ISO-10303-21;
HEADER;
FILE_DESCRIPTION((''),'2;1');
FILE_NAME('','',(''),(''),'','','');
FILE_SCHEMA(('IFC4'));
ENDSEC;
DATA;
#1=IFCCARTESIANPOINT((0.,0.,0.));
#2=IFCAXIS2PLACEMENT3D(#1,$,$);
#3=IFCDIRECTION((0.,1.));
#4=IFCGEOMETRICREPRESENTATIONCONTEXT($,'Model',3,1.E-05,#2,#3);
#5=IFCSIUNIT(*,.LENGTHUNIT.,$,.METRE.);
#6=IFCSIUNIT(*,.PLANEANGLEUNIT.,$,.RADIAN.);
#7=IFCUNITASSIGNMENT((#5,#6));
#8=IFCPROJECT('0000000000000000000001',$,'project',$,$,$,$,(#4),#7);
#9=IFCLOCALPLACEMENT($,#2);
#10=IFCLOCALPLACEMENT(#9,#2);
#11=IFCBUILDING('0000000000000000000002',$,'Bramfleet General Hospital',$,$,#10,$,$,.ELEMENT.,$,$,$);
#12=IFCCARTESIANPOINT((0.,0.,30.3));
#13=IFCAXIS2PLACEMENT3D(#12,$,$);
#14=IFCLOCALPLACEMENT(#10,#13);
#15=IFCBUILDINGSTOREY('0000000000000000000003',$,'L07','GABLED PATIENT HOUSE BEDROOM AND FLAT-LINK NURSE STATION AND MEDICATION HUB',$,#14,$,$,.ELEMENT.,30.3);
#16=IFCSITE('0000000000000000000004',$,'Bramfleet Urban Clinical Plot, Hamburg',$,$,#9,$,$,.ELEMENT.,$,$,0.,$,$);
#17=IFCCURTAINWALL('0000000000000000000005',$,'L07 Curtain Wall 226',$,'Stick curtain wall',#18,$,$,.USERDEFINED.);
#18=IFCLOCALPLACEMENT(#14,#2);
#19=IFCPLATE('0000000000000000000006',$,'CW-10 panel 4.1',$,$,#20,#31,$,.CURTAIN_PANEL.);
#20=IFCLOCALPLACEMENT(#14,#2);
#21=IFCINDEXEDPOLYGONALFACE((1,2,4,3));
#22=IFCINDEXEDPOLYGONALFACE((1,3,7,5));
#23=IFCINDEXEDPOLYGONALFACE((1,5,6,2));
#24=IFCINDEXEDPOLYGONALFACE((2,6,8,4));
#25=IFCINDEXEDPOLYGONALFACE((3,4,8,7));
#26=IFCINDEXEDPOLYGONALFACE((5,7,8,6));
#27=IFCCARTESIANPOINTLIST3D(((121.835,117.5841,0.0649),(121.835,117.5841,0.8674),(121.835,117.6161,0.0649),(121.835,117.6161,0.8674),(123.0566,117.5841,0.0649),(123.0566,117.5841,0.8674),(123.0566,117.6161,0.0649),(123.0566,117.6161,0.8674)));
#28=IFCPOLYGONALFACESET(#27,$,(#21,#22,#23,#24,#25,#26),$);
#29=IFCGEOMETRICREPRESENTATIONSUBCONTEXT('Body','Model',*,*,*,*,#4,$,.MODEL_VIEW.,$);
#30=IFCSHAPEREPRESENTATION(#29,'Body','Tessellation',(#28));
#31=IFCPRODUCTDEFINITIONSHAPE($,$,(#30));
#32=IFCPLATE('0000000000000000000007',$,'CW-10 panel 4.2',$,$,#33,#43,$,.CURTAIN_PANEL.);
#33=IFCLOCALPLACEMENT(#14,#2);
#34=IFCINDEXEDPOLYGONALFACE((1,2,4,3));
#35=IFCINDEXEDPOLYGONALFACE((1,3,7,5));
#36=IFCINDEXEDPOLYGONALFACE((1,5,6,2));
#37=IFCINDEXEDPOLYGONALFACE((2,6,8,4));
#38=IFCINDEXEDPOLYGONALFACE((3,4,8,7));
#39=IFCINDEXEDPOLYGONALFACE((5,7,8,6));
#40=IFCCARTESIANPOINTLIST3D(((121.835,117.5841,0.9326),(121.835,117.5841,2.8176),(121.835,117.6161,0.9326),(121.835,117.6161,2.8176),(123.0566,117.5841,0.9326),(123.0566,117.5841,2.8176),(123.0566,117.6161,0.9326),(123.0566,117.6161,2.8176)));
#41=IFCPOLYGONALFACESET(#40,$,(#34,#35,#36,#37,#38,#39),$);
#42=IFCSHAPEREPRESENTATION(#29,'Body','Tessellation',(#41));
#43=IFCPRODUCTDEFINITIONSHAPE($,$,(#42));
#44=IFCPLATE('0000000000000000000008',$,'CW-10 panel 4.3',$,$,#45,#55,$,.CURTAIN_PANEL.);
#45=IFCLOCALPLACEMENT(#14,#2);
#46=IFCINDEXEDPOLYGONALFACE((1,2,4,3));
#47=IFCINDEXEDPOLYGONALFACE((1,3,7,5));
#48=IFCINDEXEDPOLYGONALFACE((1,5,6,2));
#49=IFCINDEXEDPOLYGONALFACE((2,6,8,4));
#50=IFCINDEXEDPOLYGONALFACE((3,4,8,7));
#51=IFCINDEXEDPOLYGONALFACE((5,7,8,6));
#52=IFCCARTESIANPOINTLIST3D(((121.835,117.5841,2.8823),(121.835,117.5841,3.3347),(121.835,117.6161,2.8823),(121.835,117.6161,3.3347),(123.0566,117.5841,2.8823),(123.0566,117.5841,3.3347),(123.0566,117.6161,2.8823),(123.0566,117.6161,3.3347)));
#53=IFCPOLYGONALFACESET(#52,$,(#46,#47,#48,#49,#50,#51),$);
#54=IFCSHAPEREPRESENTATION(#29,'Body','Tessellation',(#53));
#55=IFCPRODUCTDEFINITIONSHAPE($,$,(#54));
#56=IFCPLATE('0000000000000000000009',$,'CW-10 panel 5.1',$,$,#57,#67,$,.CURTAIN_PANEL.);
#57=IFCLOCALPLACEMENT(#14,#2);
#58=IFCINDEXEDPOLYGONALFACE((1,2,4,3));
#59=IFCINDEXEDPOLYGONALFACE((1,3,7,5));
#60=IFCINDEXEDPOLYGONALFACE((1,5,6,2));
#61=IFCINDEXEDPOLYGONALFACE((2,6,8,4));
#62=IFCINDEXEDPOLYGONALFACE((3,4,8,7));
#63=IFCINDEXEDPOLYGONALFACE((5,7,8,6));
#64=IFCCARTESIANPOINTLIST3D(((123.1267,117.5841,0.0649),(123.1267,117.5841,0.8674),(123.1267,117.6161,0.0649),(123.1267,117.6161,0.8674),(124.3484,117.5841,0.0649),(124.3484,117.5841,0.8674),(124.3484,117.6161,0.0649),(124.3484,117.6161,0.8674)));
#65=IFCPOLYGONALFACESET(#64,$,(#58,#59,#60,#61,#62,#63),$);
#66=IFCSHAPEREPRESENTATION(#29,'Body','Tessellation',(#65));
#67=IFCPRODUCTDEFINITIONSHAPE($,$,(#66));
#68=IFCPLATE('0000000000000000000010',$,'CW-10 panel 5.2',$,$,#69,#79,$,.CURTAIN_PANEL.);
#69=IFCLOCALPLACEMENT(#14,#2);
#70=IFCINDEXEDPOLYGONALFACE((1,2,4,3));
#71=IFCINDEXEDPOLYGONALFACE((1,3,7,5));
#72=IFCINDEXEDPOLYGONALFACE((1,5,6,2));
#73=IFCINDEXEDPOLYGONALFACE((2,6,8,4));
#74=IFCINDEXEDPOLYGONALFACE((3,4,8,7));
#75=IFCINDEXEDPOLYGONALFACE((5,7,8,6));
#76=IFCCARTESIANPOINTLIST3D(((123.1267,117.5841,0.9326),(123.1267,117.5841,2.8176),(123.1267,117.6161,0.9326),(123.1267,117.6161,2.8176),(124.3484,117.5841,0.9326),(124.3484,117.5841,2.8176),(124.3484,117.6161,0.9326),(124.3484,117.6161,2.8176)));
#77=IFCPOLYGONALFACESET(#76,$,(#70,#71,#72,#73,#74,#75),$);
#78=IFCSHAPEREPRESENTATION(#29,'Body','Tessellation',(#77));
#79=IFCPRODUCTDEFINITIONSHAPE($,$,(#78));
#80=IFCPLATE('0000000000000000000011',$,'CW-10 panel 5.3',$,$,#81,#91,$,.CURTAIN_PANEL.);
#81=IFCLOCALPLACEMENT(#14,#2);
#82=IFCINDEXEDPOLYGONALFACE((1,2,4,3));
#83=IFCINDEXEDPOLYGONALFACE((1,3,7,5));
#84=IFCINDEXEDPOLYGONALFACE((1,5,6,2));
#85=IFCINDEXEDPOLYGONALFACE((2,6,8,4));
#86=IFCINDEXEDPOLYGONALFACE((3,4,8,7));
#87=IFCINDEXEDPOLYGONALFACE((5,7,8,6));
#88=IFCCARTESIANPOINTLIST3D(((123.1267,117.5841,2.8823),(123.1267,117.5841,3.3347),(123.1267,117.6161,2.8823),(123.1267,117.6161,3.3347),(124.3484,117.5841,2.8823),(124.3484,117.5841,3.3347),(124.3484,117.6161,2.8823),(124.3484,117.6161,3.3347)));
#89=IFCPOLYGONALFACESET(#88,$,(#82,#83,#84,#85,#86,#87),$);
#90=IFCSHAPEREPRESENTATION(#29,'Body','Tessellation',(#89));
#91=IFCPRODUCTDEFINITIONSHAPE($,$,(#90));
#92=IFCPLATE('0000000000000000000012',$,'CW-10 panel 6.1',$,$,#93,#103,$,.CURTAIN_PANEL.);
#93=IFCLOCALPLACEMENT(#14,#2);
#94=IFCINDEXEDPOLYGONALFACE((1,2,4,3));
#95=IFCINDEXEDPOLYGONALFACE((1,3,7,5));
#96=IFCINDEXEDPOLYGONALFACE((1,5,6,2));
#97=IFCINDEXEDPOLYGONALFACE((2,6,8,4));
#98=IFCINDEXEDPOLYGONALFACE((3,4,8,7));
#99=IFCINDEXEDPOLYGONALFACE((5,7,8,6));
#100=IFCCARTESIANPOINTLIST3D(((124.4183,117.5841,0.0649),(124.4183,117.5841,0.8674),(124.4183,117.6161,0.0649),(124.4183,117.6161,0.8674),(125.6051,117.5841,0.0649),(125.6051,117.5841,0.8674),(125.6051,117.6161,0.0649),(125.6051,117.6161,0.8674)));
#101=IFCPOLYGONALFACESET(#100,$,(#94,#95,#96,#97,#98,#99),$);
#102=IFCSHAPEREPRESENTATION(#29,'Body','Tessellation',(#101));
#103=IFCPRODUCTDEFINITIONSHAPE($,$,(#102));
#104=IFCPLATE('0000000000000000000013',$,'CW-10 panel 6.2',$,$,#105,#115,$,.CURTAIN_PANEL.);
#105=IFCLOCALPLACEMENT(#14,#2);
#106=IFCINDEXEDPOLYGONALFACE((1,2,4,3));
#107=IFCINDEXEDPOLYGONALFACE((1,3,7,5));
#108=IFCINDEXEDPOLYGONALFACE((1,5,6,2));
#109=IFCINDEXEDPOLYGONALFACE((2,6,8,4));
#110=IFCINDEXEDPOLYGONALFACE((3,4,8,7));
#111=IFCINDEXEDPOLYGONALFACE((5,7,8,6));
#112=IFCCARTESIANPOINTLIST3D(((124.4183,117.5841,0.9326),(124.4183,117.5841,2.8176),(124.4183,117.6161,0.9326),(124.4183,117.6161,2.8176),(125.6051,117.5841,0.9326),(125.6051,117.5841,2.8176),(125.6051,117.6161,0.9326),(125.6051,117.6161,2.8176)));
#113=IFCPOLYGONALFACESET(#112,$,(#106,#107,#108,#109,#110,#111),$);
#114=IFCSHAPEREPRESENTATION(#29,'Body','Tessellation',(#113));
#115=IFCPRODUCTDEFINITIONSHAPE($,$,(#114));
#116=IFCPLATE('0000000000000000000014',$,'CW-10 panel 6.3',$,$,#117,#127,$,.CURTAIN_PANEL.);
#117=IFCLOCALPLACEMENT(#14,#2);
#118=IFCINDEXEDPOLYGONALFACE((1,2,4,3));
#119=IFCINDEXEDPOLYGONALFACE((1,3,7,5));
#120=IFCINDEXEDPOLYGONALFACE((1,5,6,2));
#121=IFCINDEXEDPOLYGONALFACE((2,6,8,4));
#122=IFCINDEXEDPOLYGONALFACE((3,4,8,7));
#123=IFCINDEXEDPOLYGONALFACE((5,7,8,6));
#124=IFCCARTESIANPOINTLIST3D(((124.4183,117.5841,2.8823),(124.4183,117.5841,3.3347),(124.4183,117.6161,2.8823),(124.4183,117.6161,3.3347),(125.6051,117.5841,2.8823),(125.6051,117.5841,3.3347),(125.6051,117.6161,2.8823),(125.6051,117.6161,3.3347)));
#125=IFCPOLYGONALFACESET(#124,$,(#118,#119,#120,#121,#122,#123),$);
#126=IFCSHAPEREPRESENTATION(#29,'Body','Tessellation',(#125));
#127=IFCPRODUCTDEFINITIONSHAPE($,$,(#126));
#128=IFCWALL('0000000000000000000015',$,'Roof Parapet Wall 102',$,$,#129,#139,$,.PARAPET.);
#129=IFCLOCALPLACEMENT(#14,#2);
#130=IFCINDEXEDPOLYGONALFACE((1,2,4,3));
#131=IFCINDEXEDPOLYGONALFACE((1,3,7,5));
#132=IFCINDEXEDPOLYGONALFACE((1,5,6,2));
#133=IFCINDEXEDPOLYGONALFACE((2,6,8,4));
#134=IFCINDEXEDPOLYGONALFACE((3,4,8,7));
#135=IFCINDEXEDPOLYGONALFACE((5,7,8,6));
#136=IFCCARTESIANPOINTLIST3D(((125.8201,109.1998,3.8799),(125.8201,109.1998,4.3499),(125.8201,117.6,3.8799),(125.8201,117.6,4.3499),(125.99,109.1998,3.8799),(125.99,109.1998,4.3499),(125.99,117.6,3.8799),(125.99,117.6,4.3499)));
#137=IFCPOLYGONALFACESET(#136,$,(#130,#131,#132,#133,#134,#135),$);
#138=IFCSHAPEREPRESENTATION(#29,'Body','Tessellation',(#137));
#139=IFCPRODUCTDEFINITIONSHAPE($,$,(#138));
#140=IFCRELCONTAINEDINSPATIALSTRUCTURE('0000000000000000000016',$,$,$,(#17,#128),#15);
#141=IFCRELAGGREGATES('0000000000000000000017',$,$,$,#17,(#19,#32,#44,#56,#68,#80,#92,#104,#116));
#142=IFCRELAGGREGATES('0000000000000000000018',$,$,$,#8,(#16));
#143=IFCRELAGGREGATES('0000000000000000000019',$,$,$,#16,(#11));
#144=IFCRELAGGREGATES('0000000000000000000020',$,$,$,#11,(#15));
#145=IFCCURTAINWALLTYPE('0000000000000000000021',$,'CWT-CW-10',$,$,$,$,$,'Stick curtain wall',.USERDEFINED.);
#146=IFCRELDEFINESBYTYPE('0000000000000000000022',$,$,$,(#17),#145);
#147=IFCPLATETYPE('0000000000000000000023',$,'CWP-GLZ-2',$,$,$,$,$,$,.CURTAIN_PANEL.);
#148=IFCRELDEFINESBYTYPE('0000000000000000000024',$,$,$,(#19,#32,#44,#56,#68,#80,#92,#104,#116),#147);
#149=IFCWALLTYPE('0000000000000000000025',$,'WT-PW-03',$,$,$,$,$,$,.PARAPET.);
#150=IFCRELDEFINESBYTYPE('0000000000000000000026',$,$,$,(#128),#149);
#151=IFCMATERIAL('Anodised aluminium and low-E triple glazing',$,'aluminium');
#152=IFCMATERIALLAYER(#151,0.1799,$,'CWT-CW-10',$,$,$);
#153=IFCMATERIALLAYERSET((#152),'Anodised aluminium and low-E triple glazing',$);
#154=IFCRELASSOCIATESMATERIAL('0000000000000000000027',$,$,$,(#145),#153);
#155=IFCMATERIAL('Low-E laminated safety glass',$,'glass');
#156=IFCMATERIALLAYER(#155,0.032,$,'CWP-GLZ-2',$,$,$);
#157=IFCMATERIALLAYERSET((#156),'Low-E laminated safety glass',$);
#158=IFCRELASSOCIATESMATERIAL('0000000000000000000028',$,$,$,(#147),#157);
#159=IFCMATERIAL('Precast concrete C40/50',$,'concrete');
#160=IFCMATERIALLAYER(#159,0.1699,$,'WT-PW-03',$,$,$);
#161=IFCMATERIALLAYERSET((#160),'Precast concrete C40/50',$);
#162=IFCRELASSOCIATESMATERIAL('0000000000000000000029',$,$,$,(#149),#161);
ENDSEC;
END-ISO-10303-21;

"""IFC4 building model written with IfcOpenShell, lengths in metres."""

from ifc_helpers import new_model, si_unit, direction, frame, frame_2d, origin, origin_2d, place, context, subcontext, project, spatial, rectangle, extrude, material, layer, layer_set, type_object, element, aggregate, save


model = new_model("IFC4")

# Units and contexts
model_context = context("Model", 3, precision=1e-05, world=origin(), true_north=direction((0.0, 1.0)))
body_context = subcontext(model_context, "Body", "Model", "MODEL_VIEW")
ifc_project = project(units=[si_unit("LENGTHUNIT", "METRE"), si_unit("PLANEANGLEUNIT", "RADIAN")], contexts=[model_context])

# Site, building, storey
site_placement = place(None, origin())
site = spatial("IfcSite", under=ifc_project, at=site_placement, Name="Bramfleet Urban Clinical Plot, Hamburg", CompositionType="ELEMENT", RefElevation=0.0)
building_placement = place(site_placement, origin())
building = spatial("IfcBuilding", under=site, at=building_placement, Name="Bramfleet General Hospital", CompositionType="ELEMENT")
storey_placement = place(building_placement, frame((0.0, 0.0, 30.3)))
storey = spatial("IfcBuildingStorey", under=building, at=storey_placement, Name="L07", Description="GABLED PATIENT HOUSE BEDROOM AND FLAT-LINK NURSE STATION AND MEDICATION HUB", CompositionType="ELEMENT", Elevation=30.3)

# Curtain wall, plates
ifc_material_1 = material(Name="Anodised aluminium and low-E triple glazing", Category="aluminium")
ifc_layer_1 = layer(ifc_material_1, 0.1799, Name="CWT-CW-10")
ifc_layer_set_1 = layer_set([ifc_layer_1], Name="Anodised aluminium and low-E triple glazing")
curtain_wall_type = type_object("IfcCurtainWallType", Name="CWT-CW-10", ElementType="Stick curtain wall", PredefinedType="USERDEFINED", material=ifc_layer_set_1)
curtain_wall_placement = place(storey_placement, origin())
curtain_wall = element("IfcCurtainWall", 1, at=curtain_wall_placement, inside=storey, type_object=curtain_wall_type, Name="L07 Curtain Wall 226", ObjectType="Stick curtain wall", PredefinedType="USERDEFINED")
ifc_material_2 = material(Name="Low-E laminated safety glass", Category="glass")
ifc_layer_2 = layer(ifc_material_2, 0.032, Name="CWP-GLZ-2")
ifc_layer_set_2 = layer_set([ifc_layer_2], Name="Low-E laminated safety glass")
plate_type = type_object("IfcPlateType", Name="CWP-GLZ-2", PredefinedType="CURTAIN_PANEL", material=ifc_layer_set_2)
plate_1_placement = place(storey_placement, frame((122.4458, 117.6001, 0.0649), z_axis=(0.0, 0.0, 1.0), x_axis=(1.0, 0.0, 0.0)))
plate_1 = element("IfcPlate", 2, at=plate_1_placement, type_object=plate_type, Name="CW-10 panel 4.1", PredefinedType="CURTAIN_PANEL", context=body_context, shape_type="SweptSolid", body=[
    extrude(rectangle(XDim=1.2217, YDim=0.032, at=origin_2d()), origin(), (0.0, 0.0, 1.0), 0.8025),
])
plate_2_placement = place(storey_placement, frame((122.4458, 117.6001, 0.9326), z_axis=(0.0, 0.0, 1.0), x_axis=(1.0, 0.0, 0.0)))
plate_2 = element("IfcPlate", 3, at=plate_2_placement, type_object=plate_type, Name="CW-10 panel 4.2", PredefinedType="CURTAIN_PANEL", context=body_context, shape_type="SweptSolid", body=[
    extrude(rectangle(XDim=1.2217, YDim=0.032, at=origin_2d()), origin(), (0.0, 0.0, 1.0), 1.885),
])
plate_3_placement = place(storey_placement, frame((122.4458, 117.6001, 2.8823), z_axis=(0.0, 0.0, 1.0), x_axis=(1.0, 0.0, 0.0)))
plate_3 = element("IfcPlate", 4, at=plate_3_placement, type_object=plate_type, Name="CW-10 panel 4.3", PredefinedType="CURTAIN_PANEL", context=body_context, shape_type="SweptSolid", body=[
    extrude(rectangle(XDim=1.2217, YDim=0.032, at=origin_2d()), origin(), (0.0, 0.0, 1.0), 0.4524),
])
plate_4_placement = place(storey_placement, frame((123.7375, 117.6001, 0.0649), z_axis=(0.0, 0.0, 1.0), x_axis=(1.0, 0.0, 0.0)))
plate_4 = element("IfcPlate", 5, at=plate_4_placement, type_object=plate_type, Name="CW-10 panel 5.1", PredefinedType="CURTAIN_PANEL", context=body_context, shape_type="SweptSolid", body=[
    extrude(rectangle(XDim=1.2217, YDim=0.032, at=origin_2d()), origin(), (0.0, 0.0, 1.0), 0.8025),
])
plate_5_placement = place(storey_placement, frame((123.7375, 117.6001, 0.9326), z_axis=(0.0, 0.0, 1.0), x_axis=(1.0, 0.0, 0.0)))
plate_5 = element("IfcPlate", 6, at=plate_5_placement, type_object=plate_type, Name="CW-10 panel 5.2", PredefinedType="CURTAIN_PANEL", context=body_context, shape_type="SweptSolid", body=[
    extrude(rectangle(XDim=1.2217, YDim=0.032, at=origin_2d()), origin(), (0.0, 0.0, 1.0), 1.885),
])
plate_6_placement = place(storey_placement, frame((123.7375, 117.6001, 2.8823), z_axis=(0.0, 0.0, 1.0), x_axis=(1.0, 0.0, 0.0)))
plate_6 = element("IfcPlate", 7, at=plate_6_placement, type_object=plate_type, Name="CW-10 panel 5.3", PredefinedType="CURTAIN_PANEL", context=body_context, shape_type="SweptSolid", body=[
    extrude(rectangle(XDim=1.2217, YDim=0.032, at=origin_2d()), origin(), (0.0, 0.0, 1.0), 0.4524),
])
plate_7_placement = place(storey_placement, frame((125.0117, 117.6001, 0.0649), z_axis=(0.0, 0.0, 1.0), x_axis=(1.0, 0.0, 0.0)))
plate_7 = element("IfcPlate", 8, at=plate_7_placement, type_object=plate_type, Name="CW-10 panel 6.1", PredefinedType="CURTAIN_PANEL", context=body_context, shape_type="SweptSolid", body=[
    extrude(rectangle(XDim=1.1868, YDim=0.032, at=origin_2d()), origin(), (0.0, 0.0, 1.0), 0.8025),
])
plate_8_placement = place(storey_placement, frame((125.0117, 117.6001, 0.9326), z_axis=(0.0, 0.0, 1.0), x_axis=(1.0, 0.0, 0.0)))
plate_8 = element("IfcPlate", 9, at=plate_8_placement, type_object=plate_type, Name="CW-10 panel 6.2", PredefinedType="CURTAIN_PANEL", context=body_context, shape_type="SweptSolid", body=[
    extrude(rectangle(XDim=1.1868, YDim=0.032, at=origin_2d()), origin(), (0.0, 0.0, 1.0), 1.885),
])
plate_9_placement = place(storey_placement, frame((125.0117, 117.6001, 2.8823), z_axis=(0.0, 0.0, 1.0), x_axis=(1.0, 0.0, 0.0)))
plate_9 = element("IfcPlate", 10, at=plate_9_placement, type_object=plate_type, Name="CW-10 panel 6.3", PredefinedType="CURTAIN_PANEL", context=body_context, shape_type="SweptSolid", body=[
    extrude(rectangle(XDim=1.1868, YDim=0.032, at=origin_2d()), origin(), (0.0, 0.0, 1.0), 0.4524),
])
aggregate(curtain_wall, [plate_1, plate_2, plate_3, plate_4, plate_5, plate_6, plate_7, plate_8, plate_9])

# Wall
ifc_material_3 = material(Name="Precast concrete C40/50", Category="concrete")
ifc_layer_3 = layer(ifc_material_3, 0.1699, Name="WT-PW-03")
ifc_layer_set_3 = layer_set([ifc_layer_3], Name="Precast concrete C40/50")
wall_type = type_object("IfcWallType", Name="WT-PW-03", PredefinedType="PARAPET", material=ifc_layer_set_3)
wall_placement = place(storey_placement, frame((125.905, 117.6001, 3.8799), z_axis=(0.0, 0.0, 1.0), x_axis=(0.0, -1.0, 0.0)))
element("IfcWall", 11, at=wall_placement, inside=storey, type_object=wall_type, Name="Roof Parapet Wall 102", PredefinedType="PARAPET", context=body_context, shape_type="SweptSolid", body=[
    extrude(rectangle(XDim=8.4001, YDim=0.1699, at=frame_2d((4.2002, 0.0))), origin(), (0.0, 0.0, 1.0), 0.47),
])

save(model, "model.ifc")
